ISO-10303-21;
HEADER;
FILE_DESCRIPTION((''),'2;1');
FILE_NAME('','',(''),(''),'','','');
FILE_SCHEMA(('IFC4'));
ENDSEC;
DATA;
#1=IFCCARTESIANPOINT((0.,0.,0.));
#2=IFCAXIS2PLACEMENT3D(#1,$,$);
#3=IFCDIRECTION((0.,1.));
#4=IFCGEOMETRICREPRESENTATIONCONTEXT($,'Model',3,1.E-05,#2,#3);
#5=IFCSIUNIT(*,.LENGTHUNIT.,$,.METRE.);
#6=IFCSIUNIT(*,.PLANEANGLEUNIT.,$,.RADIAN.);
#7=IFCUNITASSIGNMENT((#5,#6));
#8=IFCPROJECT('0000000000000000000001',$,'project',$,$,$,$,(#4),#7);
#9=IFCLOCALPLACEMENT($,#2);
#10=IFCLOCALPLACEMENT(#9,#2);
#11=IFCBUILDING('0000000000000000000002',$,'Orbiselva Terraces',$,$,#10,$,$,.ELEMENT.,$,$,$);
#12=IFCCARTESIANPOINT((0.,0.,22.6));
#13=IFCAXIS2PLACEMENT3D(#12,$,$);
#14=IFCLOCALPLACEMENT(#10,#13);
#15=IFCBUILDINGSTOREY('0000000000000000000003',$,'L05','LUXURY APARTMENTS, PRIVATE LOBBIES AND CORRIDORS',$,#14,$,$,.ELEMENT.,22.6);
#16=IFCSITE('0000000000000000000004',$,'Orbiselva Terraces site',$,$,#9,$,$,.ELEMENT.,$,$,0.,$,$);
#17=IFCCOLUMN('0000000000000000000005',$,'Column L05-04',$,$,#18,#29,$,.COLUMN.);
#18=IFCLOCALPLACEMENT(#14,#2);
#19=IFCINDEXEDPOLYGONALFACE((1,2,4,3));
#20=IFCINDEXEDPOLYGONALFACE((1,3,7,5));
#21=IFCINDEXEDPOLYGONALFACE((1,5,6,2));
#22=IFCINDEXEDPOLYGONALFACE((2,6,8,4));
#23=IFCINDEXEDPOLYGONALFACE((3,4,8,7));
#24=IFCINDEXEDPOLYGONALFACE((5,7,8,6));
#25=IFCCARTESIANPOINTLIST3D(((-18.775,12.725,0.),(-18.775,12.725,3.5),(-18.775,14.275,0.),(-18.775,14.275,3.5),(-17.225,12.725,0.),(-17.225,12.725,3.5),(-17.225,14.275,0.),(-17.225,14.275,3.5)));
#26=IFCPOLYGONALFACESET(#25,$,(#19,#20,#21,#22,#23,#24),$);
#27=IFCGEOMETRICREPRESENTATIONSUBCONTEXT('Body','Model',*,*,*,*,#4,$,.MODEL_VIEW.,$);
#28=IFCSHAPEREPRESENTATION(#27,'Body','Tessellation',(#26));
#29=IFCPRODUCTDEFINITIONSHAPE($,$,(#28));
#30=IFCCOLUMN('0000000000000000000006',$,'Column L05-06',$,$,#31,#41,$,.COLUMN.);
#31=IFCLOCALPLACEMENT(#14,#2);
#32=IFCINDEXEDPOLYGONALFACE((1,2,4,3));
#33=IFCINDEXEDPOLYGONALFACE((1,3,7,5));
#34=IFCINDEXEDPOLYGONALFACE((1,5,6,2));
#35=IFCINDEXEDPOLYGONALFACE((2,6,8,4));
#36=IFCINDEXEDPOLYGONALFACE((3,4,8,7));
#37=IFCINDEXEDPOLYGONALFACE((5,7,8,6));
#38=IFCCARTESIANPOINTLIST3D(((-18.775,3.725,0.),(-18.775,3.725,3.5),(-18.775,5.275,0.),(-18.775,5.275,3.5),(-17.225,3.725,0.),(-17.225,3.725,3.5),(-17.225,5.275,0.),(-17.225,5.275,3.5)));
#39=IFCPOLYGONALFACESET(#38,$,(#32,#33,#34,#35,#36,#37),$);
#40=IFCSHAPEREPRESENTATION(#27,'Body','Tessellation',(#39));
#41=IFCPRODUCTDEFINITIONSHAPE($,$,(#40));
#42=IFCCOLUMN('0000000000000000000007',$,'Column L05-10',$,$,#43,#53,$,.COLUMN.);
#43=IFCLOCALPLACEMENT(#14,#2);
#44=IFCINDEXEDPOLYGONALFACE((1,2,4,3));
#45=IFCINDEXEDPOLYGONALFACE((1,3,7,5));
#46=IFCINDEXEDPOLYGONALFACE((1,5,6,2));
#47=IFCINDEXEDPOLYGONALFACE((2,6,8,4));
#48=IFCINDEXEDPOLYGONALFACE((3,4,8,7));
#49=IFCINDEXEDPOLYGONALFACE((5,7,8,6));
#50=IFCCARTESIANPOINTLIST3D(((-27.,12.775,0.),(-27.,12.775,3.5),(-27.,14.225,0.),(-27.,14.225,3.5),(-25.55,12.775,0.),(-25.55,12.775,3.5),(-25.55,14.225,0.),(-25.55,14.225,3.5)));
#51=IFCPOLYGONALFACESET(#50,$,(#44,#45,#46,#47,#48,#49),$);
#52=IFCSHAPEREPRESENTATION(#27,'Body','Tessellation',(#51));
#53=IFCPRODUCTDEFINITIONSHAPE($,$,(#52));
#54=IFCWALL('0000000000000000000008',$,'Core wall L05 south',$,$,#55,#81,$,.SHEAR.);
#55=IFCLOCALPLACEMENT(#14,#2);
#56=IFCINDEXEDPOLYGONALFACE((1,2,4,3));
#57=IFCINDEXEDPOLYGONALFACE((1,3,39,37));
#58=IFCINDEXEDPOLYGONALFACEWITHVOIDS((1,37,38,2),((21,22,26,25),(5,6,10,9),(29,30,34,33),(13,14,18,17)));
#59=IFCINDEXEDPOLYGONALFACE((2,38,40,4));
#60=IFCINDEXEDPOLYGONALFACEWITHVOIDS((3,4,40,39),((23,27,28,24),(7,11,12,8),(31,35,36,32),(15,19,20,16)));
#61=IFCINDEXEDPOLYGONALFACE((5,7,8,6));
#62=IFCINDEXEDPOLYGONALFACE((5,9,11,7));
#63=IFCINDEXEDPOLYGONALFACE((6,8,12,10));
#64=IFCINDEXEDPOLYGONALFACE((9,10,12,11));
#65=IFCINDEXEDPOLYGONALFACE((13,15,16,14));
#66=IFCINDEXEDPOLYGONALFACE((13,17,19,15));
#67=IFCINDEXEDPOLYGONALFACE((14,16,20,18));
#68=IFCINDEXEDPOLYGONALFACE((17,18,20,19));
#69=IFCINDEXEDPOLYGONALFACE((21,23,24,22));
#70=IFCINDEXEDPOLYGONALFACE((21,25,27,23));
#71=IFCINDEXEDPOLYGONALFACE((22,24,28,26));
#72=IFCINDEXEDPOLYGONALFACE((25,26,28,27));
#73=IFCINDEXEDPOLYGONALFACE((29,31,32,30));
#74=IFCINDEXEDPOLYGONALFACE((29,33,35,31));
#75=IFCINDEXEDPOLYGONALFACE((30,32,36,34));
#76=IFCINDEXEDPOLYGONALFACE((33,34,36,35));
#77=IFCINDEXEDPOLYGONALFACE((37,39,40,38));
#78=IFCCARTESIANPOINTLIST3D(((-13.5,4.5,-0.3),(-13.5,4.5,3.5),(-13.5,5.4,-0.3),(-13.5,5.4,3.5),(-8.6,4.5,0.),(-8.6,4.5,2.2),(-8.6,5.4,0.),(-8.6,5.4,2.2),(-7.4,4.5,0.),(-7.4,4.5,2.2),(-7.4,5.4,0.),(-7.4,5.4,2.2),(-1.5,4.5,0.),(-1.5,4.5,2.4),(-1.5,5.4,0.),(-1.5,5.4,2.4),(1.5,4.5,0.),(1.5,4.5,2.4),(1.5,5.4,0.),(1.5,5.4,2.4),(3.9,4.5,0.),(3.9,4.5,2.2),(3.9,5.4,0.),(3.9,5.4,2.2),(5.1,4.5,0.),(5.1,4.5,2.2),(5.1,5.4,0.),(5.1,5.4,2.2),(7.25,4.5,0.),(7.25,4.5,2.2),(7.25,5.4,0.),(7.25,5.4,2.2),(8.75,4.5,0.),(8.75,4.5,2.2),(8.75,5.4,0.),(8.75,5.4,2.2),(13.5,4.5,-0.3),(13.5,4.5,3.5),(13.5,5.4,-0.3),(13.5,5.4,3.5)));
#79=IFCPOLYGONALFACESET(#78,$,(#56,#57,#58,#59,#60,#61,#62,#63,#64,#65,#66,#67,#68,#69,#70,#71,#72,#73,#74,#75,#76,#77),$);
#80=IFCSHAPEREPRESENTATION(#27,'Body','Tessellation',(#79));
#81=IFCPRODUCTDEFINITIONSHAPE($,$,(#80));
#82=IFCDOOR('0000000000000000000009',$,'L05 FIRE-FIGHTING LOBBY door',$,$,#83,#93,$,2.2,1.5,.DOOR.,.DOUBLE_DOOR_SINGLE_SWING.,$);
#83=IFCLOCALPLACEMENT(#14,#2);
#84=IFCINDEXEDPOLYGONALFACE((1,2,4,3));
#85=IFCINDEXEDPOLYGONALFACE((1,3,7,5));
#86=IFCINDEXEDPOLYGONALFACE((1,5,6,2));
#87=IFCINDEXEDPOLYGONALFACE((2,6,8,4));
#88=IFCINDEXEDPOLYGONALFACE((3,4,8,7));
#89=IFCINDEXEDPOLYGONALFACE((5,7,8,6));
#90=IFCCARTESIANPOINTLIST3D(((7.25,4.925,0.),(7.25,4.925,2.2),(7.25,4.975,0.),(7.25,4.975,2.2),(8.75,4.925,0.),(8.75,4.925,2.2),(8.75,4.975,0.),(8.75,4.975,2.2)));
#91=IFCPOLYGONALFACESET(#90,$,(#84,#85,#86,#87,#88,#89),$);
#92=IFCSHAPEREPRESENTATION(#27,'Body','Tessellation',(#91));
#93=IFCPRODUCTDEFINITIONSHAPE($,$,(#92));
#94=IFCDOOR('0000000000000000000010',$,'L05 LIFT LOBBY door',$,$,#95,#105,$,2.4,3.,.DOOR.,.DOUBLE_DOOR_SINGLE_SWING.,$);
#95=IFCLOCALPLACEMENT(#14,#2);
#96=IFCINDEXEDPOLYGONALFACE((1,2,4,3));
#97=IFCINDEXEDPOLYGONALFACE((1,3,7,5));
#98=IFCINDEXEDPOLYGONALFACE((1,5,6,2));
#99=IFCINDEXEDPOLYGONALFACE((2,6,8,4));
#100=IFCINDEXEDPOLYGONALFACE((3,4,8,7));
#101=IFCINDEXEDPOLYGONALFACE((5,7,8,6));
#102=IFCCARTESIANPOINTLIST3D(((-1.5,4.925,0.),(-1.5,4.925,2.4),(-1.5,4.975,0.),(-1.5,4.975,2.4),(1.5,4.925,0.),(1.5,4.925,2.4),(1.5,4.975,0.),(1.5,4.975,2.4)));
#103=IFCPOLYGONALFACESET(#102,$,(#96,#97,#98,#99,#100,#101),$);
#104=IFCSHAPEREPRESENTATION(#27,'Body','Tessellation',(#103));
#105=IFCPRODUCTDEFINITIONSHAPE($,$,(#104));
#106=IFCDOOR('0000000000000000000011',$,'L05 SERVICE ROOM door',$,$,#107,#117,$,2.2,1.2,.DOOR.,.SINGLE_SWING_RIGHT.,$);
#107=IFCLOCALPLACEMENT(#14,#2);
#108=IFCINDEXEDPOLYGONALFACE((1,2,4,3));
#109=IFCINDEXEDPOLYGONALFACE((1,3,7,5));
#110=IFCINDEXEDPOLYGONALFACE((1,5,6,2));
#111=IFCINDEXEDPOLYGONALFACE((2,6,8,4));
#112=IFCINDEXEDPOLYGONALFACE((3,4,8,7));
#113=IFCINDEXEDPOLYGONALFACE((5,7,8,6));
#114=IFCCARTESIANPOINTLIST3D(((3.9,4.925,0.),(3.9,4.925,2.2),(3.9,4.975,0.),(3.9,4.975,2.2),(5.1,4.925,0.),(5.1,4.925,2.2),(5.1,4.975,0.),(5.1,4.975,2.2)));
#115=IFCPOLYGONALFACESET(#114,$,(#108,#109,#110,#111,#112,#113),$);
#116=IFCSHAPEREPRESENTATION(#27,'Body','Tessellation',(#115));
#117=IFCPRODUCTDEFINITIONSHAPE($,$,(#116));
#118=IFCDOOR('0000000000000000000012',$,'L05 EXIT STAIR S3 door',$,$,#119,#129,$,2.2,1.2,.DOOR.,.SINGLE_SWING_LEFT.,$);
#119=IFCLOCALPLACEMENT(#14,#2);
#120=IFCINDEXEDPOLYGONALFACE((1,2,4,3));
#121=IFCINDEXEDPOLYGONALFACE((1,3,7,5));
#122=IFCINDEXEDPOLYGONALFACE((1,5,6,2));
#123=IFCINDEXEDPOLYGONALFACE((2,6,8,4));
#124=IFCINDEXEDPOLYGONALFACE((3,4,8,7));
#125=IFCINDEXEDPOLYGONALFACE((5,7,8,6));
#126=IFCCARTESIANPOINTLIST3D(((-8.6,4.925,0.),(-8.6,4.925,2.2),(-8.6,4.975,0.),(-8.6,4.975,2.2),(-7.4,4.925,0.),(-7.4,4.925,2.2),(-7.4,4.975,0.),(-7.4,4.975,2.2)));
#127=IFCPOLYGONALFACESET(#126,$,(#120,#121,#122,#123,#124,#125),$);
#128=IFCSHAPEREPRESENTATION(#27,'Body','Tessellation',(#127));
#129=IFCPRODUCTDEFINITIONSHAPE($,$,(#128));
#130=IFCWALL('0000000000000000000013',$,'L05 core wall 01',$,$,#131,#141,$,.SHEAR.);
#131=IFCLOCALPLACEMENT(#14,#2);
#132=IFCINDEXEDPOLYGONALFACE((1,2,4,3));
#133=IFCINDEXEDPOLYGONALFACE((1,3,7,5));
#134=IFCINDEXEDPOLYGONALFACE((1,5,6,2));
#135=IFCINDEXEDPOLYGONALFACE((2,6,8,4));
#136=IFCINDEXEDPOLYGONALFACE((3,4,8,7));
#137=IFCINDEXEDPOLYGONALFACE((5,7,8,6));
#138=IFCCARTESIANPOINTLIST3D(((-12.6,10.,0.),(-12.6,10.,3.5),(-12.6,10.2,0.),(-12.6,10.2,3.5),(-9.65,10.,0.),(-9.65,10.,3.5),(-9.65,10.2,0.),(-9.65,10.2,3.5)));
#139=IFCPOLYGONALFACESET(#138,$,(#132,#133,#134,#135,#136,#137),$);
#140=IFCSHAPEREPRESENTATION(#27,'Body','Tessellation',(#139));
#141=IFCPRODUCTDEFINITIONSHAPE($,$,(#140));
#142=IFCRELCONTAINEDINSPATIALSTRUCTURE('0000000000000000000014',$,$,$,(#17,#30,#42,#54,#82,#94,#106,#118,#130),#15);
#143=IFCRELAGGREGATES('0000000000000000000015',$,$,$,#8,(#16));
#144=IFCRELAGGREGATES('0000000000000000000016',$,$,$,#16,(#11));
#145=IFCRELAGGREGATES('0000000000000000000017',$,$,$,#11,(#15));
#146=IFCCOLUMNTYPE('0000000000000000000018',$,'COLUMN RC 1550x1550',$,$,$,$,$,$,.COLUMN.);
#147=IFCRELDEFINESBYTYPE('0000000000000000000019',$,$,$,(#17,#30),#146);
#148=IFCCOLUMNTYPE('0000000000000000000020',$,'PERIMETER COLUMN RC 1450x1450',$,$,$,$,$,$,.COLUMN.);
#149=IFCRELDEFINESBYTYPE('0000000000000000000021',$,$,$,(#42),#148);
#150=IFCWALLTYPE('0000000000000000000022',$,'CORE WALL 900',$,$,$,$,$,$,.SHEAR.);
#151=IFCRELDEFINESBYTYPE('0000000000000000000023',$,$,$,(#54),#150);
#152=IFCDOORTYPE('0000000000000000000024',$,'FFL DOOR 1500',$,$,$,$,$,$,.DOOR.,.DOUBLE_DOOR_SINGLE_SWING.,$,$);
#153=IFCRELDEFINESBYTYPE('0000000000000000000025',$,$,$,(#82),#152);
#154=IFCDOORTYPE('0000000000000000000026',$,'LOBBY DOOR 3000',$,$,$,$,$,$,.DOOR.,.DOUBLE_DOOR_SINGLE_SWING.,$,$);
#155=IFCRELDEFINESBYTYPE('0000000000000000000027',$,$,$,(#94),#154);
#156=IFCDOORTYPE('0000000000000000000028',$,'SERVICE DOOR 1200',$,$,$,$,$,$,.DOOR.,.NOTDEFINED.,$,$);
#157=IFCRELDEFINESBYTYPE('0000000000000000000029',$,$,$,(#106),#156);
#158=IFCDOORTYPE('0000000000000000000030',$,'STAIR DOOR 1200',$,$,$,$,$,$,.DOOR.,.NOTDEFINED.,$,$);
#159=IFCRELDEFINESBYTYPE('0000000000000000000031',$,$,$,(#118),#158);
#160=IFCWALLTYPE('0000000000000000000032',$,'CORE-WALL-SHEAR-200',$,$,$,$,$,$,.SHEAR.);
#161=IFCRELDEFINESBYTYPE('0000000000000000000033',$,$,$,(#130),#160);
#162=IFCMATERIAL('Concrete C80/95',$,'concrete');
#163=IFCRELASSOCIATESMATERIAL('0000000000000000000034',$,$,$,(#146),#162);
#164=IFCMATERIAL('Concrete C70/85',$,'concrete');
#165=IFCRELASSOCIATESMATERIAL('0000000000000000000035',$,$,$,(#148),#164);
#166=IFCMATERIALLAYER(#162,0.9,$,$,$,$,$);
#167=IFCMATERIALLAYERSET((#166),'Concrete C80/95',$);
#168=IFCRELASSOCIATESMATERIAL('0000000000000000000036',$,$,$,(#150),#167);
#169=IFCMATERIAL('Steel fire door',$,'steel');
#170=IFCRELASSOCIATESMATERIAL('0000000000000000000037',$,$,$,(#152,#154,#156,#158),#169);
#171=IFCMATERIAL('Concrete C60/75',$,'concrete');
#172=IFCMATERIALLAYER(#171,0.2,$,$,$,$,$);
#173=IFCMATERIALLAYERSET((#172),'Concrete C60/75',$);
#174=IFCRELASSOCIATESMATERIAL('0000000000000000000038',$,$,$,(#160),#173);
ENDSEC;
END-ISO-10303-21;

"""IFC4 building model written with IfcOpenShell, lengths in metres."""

from ifc_helpers import new_model, si_unit, direction, frame, frame_2d, origin, origin_2d, place, context, subcontext, project, spatial, rectangle, extrude, material, layer, layer_set, material_profile, profile_set, type_object, element, fill, save


model = new_model("IFC4")

# Units and contexts
model_context = context("Model", 3, precision=1e-05, world=origin(), true_north=direction((0.0, 1.0)))
body_context = subcontext(model_context, "Body", "Model", "MODEL_VIEW")
ifc_project = project(units=[si_unit("LENGTHUNIT", "METRE"), si_unit("PLANEANGLEUNIT", "RADIAN")], contexts=[model_context])

# Site, building, storey
site_placement = place(None, origin())
site = spatial("IfcSite", under=ifc_project, at=site_placement, Name="Orbiselva Terraces site", CompositionType="ELEMENT", RefElevation=0.0)
building_placement = place(site_placement, origin())
building = spatial("IfcBuilding", under=site, at=building_placement, Name="Orbiselva Terraces", CompositionType="ELEMENT")
storey_placement = place(building_placement, frame((0.0, 0.0, 22.6)))
storey = spatial("IfcBuildingStorey", under=building, at=storey_placement, Name="L05", Description="LUXURY APARTMENTS, PRIVATE LOBBIES AND CORRIDORS", CompositionType="ELEMENT", Elevation=22.6)

# Columns
ifc_material_1 = material(Name="Concrete C80/95", Category="concrete")
ifc_material_profile_1 = material_profile(ifc_material_1, rectangle(XDim=1.55, YDim=1.55, at=origin_2d()), Name="RC 1550x1550")
ifc_profile_set_1 = profile_set([ifc_material_profile_1], Name="Concrete C80/95")
column_type_1 = type_object("IfcColumnType", Name="COLUMN RC 1550x1550", PredefinedType="COLUMN", material=ifc_profile_set_1)
for number, where, z_axis, x_axis, name in (
    (1, (-18.0, 13.5, 0.0), (0.0, 0.0, 1.0), (1.0, 0.0, 0.0), "Column L05-04"),
    (2, (-18.0, 4.5, 0.0), (0.0, 0.0, 1.0), (1.0, 0.0, 0.0), "Column L05-06"),
):
    element("IfcColumn", number, at=place(storey_placement, frame(where, z_axis=z_axis, x_axis=x_axis)), inside=storey, type_object=column_type_1, Name=name, PredefinedType="COLUMN", context=body_context, shape_type="SweptSolid", body=[
        extrude(rectangle(XDim=1.55, YDim=1.55, at=origin_2d()), origin(), (0.0, 0.0, 1.0), 3.5),
    ])
ifc_material_2 = material(Name="Concrete C70/85", Category="concrete")
ifc_material_profile_2 = material_profile(ifc_material_2, rectangle(XDim=1.45, YDim=1.45, at=origin_2d()), Name="RC 1450x1450")
ifc_profile_set_2 = profile_set([ifc_material_profile_2], Name="Concrete C70/85")
column_type_2 = type_object("IfcColumnType", Name="PERIMETER COLUMN RC 1450x1450", PredefinedType="COLUMN", material=ifc_profile_set_2)
column_placement = place(storey_placement, frame((-26.275, 13.5, 0.0), z_axis=(0.0, 0.0, 1.0), x_axis=(1.0, 0.0, 0.0)))
element("IfcColumn", 3, at=column_placement, inside=storey, type_object=column_type_2, Name="Column L05-10", PredefinedType="COLUMN", context=body_context, shape_type="SweptSolid", body=[
    extrude(rectangle(XDim=1.45, YDim=1.45, at=origin_2d()), origin(), (0.0, 0.0, 1.0), 3.5),
])

# Wall, openings, doors
ifc_layer_1 = layer(ifc_material_1, 0.9)
ifc_layer_set_1 = layer_set([ifc_layer_1], Name="Concrete C80/95")
wall_type_1 = type_object("IfcWallType", Name="CORE WALL 900", PredefinedType="SHEAR", material=ifc_layer_set_1)
wall_1_placement = place(storey_placement, frame((-13.5, 4.95, -0.3), z_axis=(0.0, 0.0, 1.0), x_axis=(1.0, 0.0, 0.0)))
wall_1 = element("IfcWall", 4, at=wall_1_placement, inside=storey, type_object=wall_type_1, Name="Core wall L05 south", PredefinedType="SHEAR", context=body_context, shape_type="SweptSolid", body=[
    extrude(rectangle(XDim=27.0, YDim=0.9, at=frame_2d((13.5, 0.0))), origin(), (0.0, 0.0, 1.0), 3.8),
])
opening_1_placement = place(wall_1_placement, frame((12.0, 0.0, 0.3)))
opening_1 = element("IfcOpeningElement", 5, at=opening_1_placement, cuts=wall_1, PredefinedType="OPENING", context=body_context, shape_type="SweptSolid", body=[
    extrude(rectangle(XDim=3.0, YDim=2.4, at=frame_2d((1.5, 1.2))), frame((0.0, 0.46, 0.0), z_axis=(0.0, -1.0, 0.0), x_axis=(1.0, 0.0, 0.0)), (0.0, 0.0, 1.0), 0.92),
])
opening_2_placement = place(wall_1_placement, frame((4.9, 0.0, 0.3)))
opening_2 = element("IfcOpeningElement", 6, at=opening_2_placement, cuts=wall_1, PredefinedType="OPENING", context=body_context, shape_type="SweptSolid", body=[
    extrude(rectangle(XDim=1.2, YDim=2.2, at=frame_2d((0.6, 1.1))), frame((0.0, 0.46, 0.0), z_axis=(0.0, -1.0, 0.0), x_axis=(1.0, 0.0, 0.0)), (0.0, 0.0, 1.0), 0.92),
])
opening_3_placement = place(wall_1_placement, frame((20.75, 0.0, 0.3)))
opening_3 = element("IfcOpeningElement", 7, at=opening_3_placement, cuts=wall_1, PredefinedType="OPENING", context=body_context, shape_type="SweptSolid", body=[
    extrude(rectangle(XDim=1.5, YDim=2.2, at=frame_2d((0.75, 1.1))), frame((0.0, 0.46, 0.0), z_axis=(0.0, -1.0, 0.0), x_axis=(1.0, 0.0, 0.0)), (0.0, 0.0, 1.0), 0.92),
])
opening_4_placement = place(wall_1_placement, frame((17.4, 0.0, 0.3)))
opening_4 = element("IfcOpeningElement", 8, at=opening_4_placement, cuts=wall_1, PredefinedType="OPENING", context=body_context, shape_type="SweptSolid", body=[
    extrude(rectangle(XDim=1.2, YDim=2.2, at=frame_2d((0.6, 1.1))), frame((0.0, 0.46, 0.0), z_axis=(0.0, -1.0, 0.0), x_axis=(1.0, 0.0, 0.0)), (0.0, 0.0, 1.0), 0.92),
])
ifc_material_3 = material(Name="Steel fire door", Category="steel")
door_type_1 = type_object("IfcDoorType", Name="FFL DOOR 1500", OperationType="DOUBLE_DOOR_SINGLE_SWING", PredefinedType="DOOR", material=ifc_material_3)
door_1_placement = place(opening_3_placement, frame((1.5, 0.0, 0.0), z_axis=(0.0, 0.0, 1.0), x_axis=(-1.0, 0.0, 0.0)))
door_1 = element("IfcDoor", 9, at=door_1_placement, inside=storey, type_object=door_type_1, Name="L05 FIRE-FIGHTING LOBBY door", OperationType="DOUBLE_DOOR_SINGLE_SWING", OverallHeight=2.2, OverallWidth=1.5, PredefinedType="DOOR", context=body_context, shape_type="SweptSolid", body=[
    extrude(rectangle(XDim=1.5, YDim=2.2, at=frame_2d((0.75, 1.1))), frame((0.0, 0.025, 0.0), z_axis=(0.0, -1.0, 0.0), x_axis=(1.0, 0.0, 0.0)), (0.0, 0.0, 1.0), 0.05),
])
fill(opening_3, door_1)
door_type_2 = type_object("IfcDoorType", Name="LOBBY DOOR 3000", OperationType="DOUBLE_DOOR_SINGLE_SWING", PredefinedType="DOOR", material=ifc_material_3)
door_2_placement = place(opening_1_placement, frame((3.0, 0.0, 0.0), z_axis=(0.0, 0.0, 1.0), x_axis=(-1.0, 0.0, 0.0)))
door_2 = element("IfcDoor", 10, at=door_2_placement, inside=storey, type_object=door_type_2, Name="L05 LIFT LOBBY door", OperationType="DOUBLE_DOOR_SINGLE_SWING", OverallHeight=2.4, OverallWidth=3.0, PredefinedType="DOOR", context=body_context, shape_type="SweptSolid", body=[
    extrude(rectangle(XDim=3.0, YDim=2.4, at=frame_2d((1.5, 1.2))), frame((0.0, 0.025, 0.0), z_axis=(0.0, -1.0, 0.0), x_axis=(1.0, 0.0, 0.0)), (0.0, 0.0, 1.0), 0.05),
])
fill(opening_1, door_2)
door_type_3 = type_object("IfcDoorType", Name="SERVICE DOOR 1200", OperationType="NOTDEFINED", PredefinedType="DOOR", material=ifc_material_3)
door_3_placement = place(opening_4_placement, frame((1.2, 0.0, 0.0), z_axis=(0.0, 0.0, 1.0), x_axis=(-1.0, 0.0, 0.0)))
door_3 = element("IfcDoor", 11, at=door_3_placement, inside=storey, type_object=door_type_3, Name="L05 SERVICE ROOM door", OperationType="SINGLE_SWING_RIGHT", OverallHeight=2.2, OverallWidth=1.2, PredefinedType="DOOR", context=body_context, shape_type="SweptSolid", body=[
    extrude(rectangle(XDim=1.2, YDim=2.2, at=frame_2d((0.6, 1.1))), frame((0.0, 0.025, 0.0), z_axis=(0.0, -1.0, 0.0), x_axis=(1.0, 0.0, 0.0)), (0.0, 0.0, 1.0), 0.05),
])
fill(opening_4, door_3)
door_type_4 = type_object("IfcDoorType", Name="STAIR DOOR 1200", OperationType="NOTDEFINED", PredefinedType="DOOR", material=ifc_material_3)
door_4_placement = place(opening_2_placement, frame((1.2, 0.0, 0.0), z_axis=(0.0, 0.0, 1.0), x_axis=(-1.0, 0.0, 0.0)))
door_4 = element("IfcDoor", 12, at=door_4_placement, inside=storey, type_object=door_type_4, Name="L05 EXIT STAIR S3 door", OperationType="SINGLE_SWING_LEFT", OverallHeight=2.2, OverallWidth=1.2, PredefinedType="DOOR", context=body_context, shape_type="SweptSolid", body=[
    extrude(rectangle(XDim=1.2, YDim=2.2, at=frame_2d((0.6, 1.1))), frame((0.0, 0.025, 0.0), z_axis=(0.0, -1.0, 0.0), x_axis=(1.0, 0.0, 0.0)), (0.0, 0.0, 1.0), 0.05),
])
fill(opening_2, door_4)

# Wall
ifc_material_4 = material(Name="Concrete C60/75", Category="concrete")
ifc_layer_2 = layer(ifc_material_4, 0.2)
ifc_layer_set_2 = layer_set([ifc_layer_2], Name="Concrete C60/75")
wall_type_2 = type_object("IfcWallType", Name="CORE-WALL-SHEAR-200", PredefinedType="SHEAR", material=ifc_layer_set_2)
wall_2_placement = place(storey_placement, frame((-12.6, 10.1, 0.0), z_axis=(0.0, 0.0, 1.0), x_axis=(1.0, 0.0, 0.0)))
element("IfcWall", 13, at=wall_2_placement, inside=storey, type_object=wall_type_2, Name="L05 core wall 01", PredefinedType="SHEAR", context=body_context, shape_type="SweptSolid", body=[
    extrude(rectangle(XDim=2.95, YDim=0.2, at=frame_2d((1.475, 0.0))), origin(), (0.0, 0.0, 1.0), 3.5),
])

save(model, "model.ifc")
